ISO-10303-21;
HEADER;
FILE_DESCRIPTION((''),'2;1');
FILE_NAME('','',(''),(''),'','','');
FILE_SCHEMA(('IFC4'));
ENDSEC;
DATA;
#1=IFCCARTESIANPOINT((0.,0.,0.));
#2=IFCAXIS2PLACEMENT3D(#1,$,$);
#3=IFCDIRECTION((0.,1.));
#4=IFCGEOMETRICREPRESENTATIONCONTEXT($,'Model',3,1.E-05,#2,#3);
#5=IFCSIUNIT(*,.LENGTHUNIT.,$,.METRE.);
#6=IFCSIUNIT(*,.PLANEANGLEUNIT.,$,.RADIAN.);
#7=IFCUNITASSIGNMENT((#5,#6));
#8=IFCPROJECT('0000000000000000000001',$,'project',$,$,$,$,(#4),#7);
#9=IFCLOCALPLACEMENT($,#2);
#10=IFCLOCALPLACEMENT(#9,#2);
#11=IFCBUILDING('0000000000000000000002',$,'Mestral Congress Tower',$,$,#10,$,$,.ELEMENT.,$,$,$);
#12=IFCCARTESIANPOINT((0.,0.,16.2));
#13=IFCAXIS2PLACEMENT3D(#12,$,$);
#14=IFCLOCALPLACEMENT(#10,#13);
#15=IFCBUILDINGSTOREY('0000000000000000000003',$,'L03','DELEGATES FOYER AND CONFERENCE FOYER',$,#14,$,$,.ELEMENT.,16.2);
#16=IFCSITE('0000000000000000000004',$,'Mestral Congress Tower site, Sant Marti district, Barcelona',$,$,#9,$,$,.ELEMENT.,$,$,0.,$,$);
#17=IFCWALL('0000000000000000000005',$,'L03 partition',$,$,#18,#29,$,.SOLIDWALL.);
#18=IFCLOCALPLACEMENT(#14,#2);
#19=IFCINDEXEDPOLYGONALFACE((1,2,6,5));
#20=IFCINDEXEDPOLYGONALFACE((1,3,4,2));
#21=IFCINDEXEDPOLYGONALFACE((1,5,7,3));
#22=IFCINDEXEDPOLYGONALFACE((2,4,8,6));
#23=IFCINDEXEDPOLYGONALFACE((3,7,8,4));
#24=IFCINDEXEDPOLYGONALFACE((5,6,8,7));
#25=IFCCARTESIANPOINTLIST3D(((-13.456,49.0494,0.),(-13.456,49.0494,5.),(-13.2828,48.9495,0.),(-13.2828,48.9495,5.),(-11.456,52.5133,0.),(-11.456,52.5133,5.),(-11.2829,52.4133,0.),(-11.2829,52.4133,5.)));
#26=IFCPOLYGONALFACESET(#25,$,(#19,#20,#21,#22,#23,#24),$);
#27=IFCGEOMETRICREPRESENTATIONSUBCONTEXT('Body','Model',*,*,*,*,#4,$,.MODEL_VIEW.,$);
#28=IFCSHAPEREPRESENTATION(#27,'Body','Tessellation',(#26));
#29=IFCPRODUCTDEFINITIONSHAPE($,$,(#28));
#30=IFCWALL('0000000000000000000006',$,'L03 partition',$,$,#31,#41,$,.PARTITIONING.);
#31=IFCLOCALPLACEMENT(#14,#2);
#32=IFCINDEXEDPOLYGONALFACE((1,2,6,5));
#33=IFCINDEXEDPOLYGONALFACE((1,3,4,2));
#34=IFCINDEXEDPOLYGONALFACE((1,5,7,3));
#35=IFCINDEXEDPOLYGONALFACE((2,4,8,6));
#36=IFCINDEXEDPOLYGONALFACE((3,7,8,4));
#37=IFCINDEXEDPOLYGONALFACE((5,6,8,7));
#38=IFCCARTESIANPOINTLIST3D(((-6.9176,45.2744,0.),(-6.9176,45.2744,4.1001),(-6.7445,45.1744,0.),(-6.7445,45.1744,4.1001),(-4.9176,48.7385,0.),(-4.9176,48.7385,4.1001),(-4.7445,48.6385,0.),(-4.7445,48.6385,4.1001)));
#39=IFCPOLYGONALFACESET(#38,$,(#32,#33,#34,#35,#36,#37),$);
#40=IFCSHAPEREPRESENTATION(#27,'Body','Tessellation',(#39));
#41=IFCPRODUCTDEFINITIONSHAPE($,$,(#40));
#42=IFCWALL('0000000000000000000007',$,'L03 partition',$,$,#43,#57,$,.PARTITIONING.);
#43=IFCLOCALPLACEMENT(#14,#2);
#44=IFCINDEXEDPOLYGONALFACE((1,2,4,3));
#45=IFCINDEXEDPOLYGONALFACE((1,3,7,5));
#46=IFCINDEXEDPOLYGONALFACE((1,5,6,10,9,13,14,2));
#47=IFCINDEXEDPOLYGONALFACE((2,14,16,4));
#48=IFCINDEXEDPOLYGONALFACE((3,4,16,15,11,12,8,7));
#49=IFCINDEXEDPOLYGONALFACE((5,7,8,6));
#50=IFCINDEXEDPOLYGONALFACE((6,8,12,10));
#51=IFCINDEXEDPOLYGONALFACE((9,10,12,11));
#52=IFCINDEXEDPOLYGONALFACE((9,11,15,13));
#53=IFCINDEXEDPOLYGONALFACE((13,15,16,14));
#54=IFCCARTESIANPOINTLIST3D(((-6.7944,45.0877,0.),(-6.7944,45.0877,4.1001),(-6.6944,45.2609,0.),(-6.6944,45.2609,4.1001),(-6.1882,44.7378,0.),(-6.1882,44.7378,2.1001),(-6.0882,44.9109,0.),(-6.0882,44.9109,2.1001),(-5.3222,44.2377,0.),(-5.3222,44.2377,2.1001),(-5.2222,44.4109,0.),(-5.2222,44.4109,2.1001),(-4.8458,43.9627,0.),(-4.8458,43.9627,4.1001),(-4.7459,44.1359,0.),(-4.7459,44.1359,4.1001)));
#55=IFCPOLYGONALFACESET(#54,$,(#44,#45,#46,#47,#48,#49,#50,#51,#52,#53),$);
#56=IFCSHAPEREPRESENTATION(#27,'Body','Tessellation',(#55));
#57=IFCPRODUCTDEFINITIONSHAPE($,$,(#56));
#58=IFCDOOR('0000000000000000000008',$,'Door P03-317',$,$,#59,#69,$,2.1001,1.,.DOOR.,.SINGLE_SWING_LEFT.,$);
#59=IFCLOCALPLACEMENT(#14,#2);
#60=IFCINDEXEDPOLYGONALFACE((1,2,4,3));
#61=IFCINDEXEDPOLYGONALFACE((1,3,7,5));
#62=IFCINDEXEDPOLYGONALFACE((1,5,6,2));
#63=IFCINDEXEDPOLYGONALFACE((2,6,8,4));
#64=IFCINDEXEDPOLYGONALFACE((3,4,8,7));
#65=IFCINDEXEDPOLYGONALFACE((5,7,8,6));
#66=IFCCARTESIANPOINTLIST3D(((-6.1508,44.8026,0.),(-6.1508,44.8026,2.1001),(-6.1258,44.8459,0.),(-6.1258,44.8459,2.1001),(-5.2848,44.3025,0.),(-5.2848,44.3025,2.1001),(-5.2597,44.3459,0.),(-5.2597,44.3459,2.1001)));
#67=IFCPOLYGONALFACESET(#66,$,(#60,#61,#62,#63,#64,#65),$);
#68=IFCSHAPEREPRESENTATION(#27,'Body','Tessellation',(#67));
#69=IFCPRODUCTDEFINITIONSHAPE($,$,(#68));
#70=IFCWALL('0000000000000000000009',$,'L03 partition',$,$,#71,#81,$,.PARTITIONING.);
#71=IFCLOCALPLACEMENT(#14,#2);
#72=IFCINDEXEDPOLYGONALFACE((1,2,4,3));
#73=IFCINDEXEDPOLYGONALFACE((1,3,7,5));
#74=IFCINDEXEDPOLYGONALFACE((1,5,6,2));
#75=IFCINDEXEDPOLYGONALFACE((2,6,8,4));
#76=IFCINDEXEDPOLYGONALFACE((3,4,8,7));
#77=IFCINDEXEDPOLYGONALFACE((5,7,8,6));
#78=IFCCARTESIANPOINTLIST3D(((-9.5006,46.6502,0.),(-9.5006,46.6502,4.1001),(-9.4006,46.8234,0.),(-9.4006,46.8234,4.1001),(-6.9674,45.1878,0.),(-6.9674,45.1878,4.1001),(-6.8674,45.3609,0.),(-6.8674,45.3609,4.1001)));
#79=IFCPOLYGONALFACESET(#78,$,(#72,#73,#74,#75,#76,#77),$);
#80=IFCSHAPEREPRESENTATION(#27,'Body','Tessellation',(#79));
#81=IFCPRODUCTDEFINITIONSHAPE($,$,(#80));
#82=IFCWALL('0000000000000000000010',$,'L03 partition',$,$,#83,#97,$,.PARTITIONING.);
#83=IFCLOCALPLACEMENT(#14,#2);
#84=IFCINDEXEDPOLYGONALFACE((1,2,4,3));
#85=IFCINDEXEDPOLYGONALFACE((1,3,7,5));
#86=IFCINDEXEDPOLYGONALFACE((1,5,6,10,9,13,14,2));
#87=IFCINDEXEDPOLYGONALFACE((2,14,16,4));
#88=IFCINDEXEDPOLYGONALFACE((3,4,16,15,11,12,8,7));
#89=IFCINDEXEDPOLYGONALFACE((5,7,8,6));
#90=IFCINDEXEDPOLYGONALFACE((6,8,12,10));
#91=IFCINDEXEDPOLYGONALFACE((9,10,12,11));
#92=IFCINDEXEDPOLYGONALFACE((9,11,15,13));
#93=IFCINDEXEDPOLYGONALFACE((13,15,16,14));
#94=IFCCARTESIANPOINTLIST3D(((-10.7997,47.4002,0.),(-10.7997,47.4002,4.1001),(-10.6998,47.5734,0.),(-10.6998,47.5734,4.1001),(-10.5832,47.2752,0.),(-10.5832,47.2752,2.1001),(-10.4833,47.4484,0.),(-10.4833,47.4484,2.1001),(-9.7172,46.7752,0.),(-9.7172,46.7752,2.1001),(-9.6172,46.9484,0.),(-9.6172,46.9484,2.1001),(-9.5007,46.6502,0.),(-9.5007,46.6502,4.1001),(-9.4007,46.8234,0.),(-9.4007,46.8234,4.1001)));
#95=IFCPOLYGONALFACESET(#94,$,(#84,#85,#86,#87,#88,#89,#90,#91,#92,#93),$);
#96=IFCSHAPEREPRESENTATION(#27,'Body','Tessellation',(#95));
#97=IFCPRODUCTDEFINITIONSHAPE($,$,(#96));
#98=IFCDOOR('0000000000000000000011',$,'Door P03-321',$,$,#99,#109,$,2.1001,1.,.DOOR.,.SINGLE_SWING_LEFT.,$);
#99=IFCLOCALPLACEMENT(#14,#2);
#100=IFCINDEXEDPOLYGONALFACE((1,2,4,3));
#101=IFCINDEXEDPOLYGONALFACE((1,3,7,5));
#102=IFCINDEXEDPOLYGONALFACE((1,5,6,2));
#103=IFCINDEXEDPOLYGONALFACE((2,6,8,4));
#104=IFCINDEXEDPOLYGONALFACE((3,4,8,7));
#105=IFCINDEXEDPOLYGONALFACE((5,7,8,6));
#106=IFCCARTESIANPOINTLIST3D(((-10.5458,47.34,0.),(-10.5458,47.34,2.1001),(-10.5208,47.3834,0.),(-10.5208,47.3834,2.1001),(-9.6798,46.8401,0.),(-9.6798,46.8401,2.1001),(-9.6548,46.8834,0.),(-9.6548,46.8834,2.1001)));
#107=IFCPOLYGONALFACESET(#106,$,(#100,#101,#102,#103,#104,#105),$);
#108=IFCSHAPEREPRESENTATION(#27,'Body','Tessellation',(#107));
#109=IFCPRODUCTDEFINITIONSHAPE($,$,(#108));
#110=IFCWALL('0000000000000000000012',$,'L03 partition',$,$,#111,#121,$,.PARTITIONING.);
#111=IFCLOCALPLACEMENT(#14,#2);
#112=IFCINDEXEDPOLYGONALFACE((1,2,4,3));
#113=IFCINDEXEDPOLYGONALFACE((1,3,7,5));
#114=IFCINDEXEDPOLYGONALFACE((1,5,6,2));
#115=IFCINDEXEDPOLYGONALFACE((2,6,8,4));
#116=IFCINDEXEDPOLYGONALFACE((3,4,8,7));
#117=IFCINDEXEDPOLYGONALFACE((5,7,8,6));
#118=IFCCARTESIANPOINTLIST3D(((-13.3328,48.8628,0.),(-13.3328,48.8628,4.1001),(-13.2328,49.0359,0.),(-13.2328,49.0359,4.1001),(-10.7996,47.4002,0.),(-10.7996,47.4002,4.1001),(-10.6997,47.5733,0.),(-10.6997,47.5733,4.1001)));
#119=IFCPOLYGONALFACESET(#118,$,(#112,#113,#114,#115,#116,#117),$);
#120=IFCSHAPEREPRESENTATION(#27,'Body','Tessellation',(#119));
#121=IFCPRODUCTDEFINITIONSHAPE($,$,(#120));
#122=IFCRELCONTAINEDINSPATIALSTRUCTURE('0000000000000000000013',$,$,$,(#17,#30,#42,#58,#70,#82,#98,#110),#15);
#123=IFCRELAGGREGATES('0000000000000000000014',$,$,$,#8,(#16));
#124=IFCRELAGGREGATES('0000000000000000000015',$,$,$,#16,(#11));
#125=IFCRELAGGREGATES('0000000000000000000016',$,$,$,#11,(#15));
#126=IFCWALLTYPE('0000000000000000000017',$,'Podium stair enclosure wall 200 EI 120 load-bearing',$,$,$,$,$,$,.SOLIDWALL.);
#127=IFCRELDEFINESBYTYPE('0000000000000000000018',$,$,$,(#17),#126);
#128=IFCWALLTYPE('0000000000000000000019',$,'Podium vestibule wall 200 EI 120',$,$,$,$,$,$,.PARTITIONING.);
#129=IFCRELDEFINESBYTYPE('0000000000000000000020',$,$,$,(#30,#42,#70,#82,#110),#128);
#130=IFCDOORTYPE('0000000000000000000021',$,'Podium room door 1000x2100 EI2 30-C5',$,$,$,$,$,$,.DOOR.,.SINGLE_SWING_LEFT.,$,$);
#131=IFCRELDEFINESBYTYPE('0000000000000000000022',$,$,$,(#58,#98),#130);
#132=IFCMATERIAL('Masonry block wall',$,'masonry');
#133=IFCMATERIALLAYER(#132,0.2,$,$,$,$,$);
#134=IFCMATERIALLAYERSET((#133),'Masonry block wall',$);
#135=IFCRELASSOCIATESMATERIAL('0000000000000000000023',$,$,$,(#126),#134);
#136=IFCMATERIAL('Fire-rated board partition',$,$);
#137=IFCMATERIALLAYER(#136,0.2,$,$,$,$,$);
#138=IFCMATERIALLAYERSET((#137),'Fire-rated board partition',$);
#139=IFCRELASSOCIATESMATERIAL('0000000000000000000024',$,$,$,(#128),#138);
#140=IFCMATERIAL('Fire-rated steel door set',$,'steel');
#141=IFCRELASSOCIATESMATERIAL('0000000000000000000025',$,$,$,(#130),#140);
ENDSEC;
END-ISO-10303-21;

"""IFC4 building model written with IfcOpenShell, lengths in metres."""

from ifc_helpers import new_model, si_unit, direction, frame, frame_2d, origin, place, context, subcontext, project, spatial, rectangle, extrude, material, layer, layer_set, type_object, element, fill, save


model = new_model("IFC4")

# Units and contexts
model_context = context("Model", 3, precision=1e-05, world=origin(), true_north=direction((0.0, 1.0)))
body_context = subcontext(model_context, "Body", "Model", "MODEL_VIEW")
ifc_project = project(units=[si_unit("LENGTHUNIT", "METRE"), si_unit("PLANEANGLEUNIT", "RADIAN")], contexts=[model_context])

# Site, building, storey
site_placement = place(None, origin())
site = spatial("IfcSite", under=ifc_project, at=site_placement, Name="Mestral Congress Tower site, Sant Marti district, Barcelona", CompositionType="ELEMENT", RefElevation=0.0)
building_placement = place(site_placement, origin())
building = spatial("IfcBuilding", under=site, at=building_placement, Name="Mestral Congress Tower", CompositionType="ELEMENT")
storey_placement = place(building_placement, frame((0.0, 0.0, 16.2)))
storey = spatial("IfcBuildingStorey", under=building, at=storey_placement, Name="L03", Description="DELEGATES FOYER AND CONFERENCE FOYER", CompositionType="ELEMENT", Elevation=16.2)

# Walls
ifc_material_1 = material(Name="Masonry block wall", Category="masonry")
ifc_layer_1 = layer(ifc_material_1, 0.2)
ifc_layer_set_1 = layer_set([ifc_layer_1], Name="Masonry block wall")
wall_type_1 = type_object("IfcWallType", Name="Podium stair enclosure wall 200 EI 120 load-bearing", PredefinedType="SOLIDWALL", material=ifc_layer_set_1)
wall_1_placement = place(storey_placement, frame((-11.3694, 52.4634, 0.0), z_axis=(0.0, 0.0, 1.0), x_axis=(-0.500025, -0.866011, 0.0)))
element("IfcWall", 1, at=wall_1_placement, inside=storey, type_object=wall_type_1, Name="L03 partition", PredefinedType="SOLIDWALL", context=body_context, shape_type="SweptSolid", body=[
    extrude(rectangle(XDim=3.9998, YDim=0.2, at=frame_2d((2.0, 0.0))), origin(), (0.0, 0.0, 1.0), 5.0),
])
ifc_material_2 = material(Name="Fire-rated board partition")
ifc_layer_2 = layer(ifc_material_2, 0.2)
ifc_layer_set_2 = layer_set([ifc_layer_2], Name="Fire-rated board partition")
wall_type_2 = type_object("IfcWallType", Name="Podium vestibule wall 200 EI 120", PredefinedType="PARTITIONING", material=ifc_layer_set_2)
wall_2_placement = place(storey_placement, frame((-4.8311, 48.6885, 0.0), z_axis=(0.0, 0.0, 1.0), x_axis=(-0.499999, -0.866026, 0.0)))
element("IfcWall", 2, at=wall_2_placement, inside=storey, type_object=wall_type_2, Name="L03 partition", PredefinedType="PARTITIONING", context=body_context, shape_type="SweptSolid", body=[
    extrude(rectangle(XDim=4.0, YDim=0.2, at=frame_2d((2.0, 0.0))), origin(), (0.0, 0.0, 1.0), 4.1001),
])

# Wall, opening, door
wall_3_placement = place(storey_placement, frame((-6.7444, 45.1743, 0.0), z_axis=(0.0, 0.0, 1.0), x_axis=(0.866018, -0.500014, 0.0)))
wall_3 = element("IfcWall", 3, at=wall_3_placement, inside=storey, type_object=wall_type_2, Name="L03 partition", PredefinedType="PARTITIONING", context=body_context, shape_type="SweptSolid", body=[
    extrude(rectangle(XDim=2.25, YDim=0.2, at=frame_2d((1.125, 0.0))), origin(), (0.0, 0.0, 1.0), 4.1001),
])
opening_1_placement = place(wall_3_placement, frame((0.7, 0.0, 0.0)))
opening_1 = element("IfcOpeningElement", 4, at=opening_1_placement, cuts=wall_3, PredefinedType="OPENING", context=body_context, shape_type="SweptSolid", body=[
    extrude(rectangle(XDim=1.0, YDim=2.1001, at=frame_2d((0.5, 1.05))), frame((0.0, 0.1099, 0.0), z_axis=(0.0, -1.0, 0.0), x_axis=(1.0, 0.0, 0.0)), (0.0, 0.0, 1.0), 0.22),
])
ifc_material_3 = material(Name="Fire-rated steel door set", Category="steel")
door_type = type_object("IfcDoorType", Name="Podium room door 1000x2100 EI2 30-C5", OperationType="SINGLE_SWING_LEFT", PredefinedType="DOOR", material=ifc_material_3)
door_1_placement = place(opening_1_placement, origin())
door_1 = element("IfcDoor", 5, at=door_1_placement, inside=storey, type_object=door_type, Name="Door P03-317", OperationType="SINGLE_SWING_LEFT", OverallHeight=2.1001, OverallWidth=1.0, PredefinedType="DOOR", context=body_context, shape_type="SweptSolid", body=[
    extrude(rectangle(XDim=1.0, YDim=2.1001, at=frame_2d((0.5, 1.05))), frame((0.0, 0.0249, 0.0), z_axis=(0.0, -1.0, 0.0), x_axis=(1.0, 0.0, 0.0)), (0.0, 0.0, 1.0), 0.05),
])
fill(opening_1, door_1)

# Wall
wall_4_placement = place(storey_placement, frame((-6.9175, 45.2744, 0.0), z_axis=(0.0, 0.0, 1.0), x_axis=(-0.866047, 0.499963, 0.0)))
element("IfcWall", 6, at=wall_4_placement, inside=storey, type_object=wall_type_2, Name="L03 partition", PredefinedType="PARTITIONING", context=body_context, shape_type="SweptSolid", body=[
    extrude(rectangle(XDim=2.925, YDim=0.2, at=frame_2d((1.4624, 0.0))), origin(), (0.0, 0.0, 1.0), 4.1001),
])

# Wall, opening, door
wall_5_placement = place(storey_placement, frame((-10.7498, 47.4868, 0.0), z_axis=(0.0, 0.0, 1.0), x_axis=(0.866031, -0.49999, 0.0)))
wall_5 = element("IfcWall", 7, at=wall_5_placement, inside=storey, type_object=wall_type_2, Name="L03 partition", PredefinedType="PARTITIONING", context=body_context, shape_type="SweptSolid", body=[
    extrude(rectangle(XDim=1.5, YDim=0.2, at=frame_2d((0.75, 0.0))), origin(), (0.0, 0.0, 1.0), 4.1001),
])
opening_2_placement = place(wall_5_placement, frame((0.25, 0.0, 0.0)))
opening_2 = element("IfcOpeningElement", 8, at=opening_2_placement, cuts=wall_5, PredefinedType="OPENING", context=body_context, shape_type="SweptSolid", body=[
    extrude(rectangle(XDim=1.0, YDim=2.1001, at=frame_2d((0.5, 1.05))), frame((0.0, 0.1099, 0.0), z_axis=(0.0, -1.0, 0.0), x_axis=(1.0, 0.0, 0.0)), (0.0, 0.0, 1.0), 0.22),
])
door_2_placement = place(opening_2_placement, origin())
door_2 = element("IfcDoor", 9, at=door_2_placement, inside=storey, type_object=door_type, Name="Door P03-321", OperationType="SINGLE_SWING_LEFT", OverallHeight=2.1001, OverallWidth=1.0, PredefinedType="DOOR", context=body_context, shape_type="SweptSolid", body=[
    extrude(rectangle(XDim=1.0, YDim=2.1001, at=frame_2d((0.5, 1.05))), frame((0.0, 0.0249, 0.0), z_axis=(0.0, -1.0, 0.0), x_axis=(1.0, 0.0, 0.0)), (0.0, 0.0, 1.0), 0.05),
])
fill(opening_2, door_2)

# Wall
wall_6_placement = place(storey_placement, frame((-10.7498, 47.4868, 0.0), z_axis=(0.0, 0.0, 1.0), x_axis=(-0.86601, 0.500026, 0.0)))
element("IfcWall", 10, at=wall_6_placement, inside=storey, type_object=wall_type_2, Name="L03 partition", PredefinedType="PARTITIONING", context=body_context, shape_type="SweptSolid", body=[
    extrude(rectangle(XDim=2.925, YDim=0.2, at=frame_2d((1.4624, 0.0))), origin(), (0.0, 0.0, 1.0), 4.1001),
])

save(model, "model.ifc")
